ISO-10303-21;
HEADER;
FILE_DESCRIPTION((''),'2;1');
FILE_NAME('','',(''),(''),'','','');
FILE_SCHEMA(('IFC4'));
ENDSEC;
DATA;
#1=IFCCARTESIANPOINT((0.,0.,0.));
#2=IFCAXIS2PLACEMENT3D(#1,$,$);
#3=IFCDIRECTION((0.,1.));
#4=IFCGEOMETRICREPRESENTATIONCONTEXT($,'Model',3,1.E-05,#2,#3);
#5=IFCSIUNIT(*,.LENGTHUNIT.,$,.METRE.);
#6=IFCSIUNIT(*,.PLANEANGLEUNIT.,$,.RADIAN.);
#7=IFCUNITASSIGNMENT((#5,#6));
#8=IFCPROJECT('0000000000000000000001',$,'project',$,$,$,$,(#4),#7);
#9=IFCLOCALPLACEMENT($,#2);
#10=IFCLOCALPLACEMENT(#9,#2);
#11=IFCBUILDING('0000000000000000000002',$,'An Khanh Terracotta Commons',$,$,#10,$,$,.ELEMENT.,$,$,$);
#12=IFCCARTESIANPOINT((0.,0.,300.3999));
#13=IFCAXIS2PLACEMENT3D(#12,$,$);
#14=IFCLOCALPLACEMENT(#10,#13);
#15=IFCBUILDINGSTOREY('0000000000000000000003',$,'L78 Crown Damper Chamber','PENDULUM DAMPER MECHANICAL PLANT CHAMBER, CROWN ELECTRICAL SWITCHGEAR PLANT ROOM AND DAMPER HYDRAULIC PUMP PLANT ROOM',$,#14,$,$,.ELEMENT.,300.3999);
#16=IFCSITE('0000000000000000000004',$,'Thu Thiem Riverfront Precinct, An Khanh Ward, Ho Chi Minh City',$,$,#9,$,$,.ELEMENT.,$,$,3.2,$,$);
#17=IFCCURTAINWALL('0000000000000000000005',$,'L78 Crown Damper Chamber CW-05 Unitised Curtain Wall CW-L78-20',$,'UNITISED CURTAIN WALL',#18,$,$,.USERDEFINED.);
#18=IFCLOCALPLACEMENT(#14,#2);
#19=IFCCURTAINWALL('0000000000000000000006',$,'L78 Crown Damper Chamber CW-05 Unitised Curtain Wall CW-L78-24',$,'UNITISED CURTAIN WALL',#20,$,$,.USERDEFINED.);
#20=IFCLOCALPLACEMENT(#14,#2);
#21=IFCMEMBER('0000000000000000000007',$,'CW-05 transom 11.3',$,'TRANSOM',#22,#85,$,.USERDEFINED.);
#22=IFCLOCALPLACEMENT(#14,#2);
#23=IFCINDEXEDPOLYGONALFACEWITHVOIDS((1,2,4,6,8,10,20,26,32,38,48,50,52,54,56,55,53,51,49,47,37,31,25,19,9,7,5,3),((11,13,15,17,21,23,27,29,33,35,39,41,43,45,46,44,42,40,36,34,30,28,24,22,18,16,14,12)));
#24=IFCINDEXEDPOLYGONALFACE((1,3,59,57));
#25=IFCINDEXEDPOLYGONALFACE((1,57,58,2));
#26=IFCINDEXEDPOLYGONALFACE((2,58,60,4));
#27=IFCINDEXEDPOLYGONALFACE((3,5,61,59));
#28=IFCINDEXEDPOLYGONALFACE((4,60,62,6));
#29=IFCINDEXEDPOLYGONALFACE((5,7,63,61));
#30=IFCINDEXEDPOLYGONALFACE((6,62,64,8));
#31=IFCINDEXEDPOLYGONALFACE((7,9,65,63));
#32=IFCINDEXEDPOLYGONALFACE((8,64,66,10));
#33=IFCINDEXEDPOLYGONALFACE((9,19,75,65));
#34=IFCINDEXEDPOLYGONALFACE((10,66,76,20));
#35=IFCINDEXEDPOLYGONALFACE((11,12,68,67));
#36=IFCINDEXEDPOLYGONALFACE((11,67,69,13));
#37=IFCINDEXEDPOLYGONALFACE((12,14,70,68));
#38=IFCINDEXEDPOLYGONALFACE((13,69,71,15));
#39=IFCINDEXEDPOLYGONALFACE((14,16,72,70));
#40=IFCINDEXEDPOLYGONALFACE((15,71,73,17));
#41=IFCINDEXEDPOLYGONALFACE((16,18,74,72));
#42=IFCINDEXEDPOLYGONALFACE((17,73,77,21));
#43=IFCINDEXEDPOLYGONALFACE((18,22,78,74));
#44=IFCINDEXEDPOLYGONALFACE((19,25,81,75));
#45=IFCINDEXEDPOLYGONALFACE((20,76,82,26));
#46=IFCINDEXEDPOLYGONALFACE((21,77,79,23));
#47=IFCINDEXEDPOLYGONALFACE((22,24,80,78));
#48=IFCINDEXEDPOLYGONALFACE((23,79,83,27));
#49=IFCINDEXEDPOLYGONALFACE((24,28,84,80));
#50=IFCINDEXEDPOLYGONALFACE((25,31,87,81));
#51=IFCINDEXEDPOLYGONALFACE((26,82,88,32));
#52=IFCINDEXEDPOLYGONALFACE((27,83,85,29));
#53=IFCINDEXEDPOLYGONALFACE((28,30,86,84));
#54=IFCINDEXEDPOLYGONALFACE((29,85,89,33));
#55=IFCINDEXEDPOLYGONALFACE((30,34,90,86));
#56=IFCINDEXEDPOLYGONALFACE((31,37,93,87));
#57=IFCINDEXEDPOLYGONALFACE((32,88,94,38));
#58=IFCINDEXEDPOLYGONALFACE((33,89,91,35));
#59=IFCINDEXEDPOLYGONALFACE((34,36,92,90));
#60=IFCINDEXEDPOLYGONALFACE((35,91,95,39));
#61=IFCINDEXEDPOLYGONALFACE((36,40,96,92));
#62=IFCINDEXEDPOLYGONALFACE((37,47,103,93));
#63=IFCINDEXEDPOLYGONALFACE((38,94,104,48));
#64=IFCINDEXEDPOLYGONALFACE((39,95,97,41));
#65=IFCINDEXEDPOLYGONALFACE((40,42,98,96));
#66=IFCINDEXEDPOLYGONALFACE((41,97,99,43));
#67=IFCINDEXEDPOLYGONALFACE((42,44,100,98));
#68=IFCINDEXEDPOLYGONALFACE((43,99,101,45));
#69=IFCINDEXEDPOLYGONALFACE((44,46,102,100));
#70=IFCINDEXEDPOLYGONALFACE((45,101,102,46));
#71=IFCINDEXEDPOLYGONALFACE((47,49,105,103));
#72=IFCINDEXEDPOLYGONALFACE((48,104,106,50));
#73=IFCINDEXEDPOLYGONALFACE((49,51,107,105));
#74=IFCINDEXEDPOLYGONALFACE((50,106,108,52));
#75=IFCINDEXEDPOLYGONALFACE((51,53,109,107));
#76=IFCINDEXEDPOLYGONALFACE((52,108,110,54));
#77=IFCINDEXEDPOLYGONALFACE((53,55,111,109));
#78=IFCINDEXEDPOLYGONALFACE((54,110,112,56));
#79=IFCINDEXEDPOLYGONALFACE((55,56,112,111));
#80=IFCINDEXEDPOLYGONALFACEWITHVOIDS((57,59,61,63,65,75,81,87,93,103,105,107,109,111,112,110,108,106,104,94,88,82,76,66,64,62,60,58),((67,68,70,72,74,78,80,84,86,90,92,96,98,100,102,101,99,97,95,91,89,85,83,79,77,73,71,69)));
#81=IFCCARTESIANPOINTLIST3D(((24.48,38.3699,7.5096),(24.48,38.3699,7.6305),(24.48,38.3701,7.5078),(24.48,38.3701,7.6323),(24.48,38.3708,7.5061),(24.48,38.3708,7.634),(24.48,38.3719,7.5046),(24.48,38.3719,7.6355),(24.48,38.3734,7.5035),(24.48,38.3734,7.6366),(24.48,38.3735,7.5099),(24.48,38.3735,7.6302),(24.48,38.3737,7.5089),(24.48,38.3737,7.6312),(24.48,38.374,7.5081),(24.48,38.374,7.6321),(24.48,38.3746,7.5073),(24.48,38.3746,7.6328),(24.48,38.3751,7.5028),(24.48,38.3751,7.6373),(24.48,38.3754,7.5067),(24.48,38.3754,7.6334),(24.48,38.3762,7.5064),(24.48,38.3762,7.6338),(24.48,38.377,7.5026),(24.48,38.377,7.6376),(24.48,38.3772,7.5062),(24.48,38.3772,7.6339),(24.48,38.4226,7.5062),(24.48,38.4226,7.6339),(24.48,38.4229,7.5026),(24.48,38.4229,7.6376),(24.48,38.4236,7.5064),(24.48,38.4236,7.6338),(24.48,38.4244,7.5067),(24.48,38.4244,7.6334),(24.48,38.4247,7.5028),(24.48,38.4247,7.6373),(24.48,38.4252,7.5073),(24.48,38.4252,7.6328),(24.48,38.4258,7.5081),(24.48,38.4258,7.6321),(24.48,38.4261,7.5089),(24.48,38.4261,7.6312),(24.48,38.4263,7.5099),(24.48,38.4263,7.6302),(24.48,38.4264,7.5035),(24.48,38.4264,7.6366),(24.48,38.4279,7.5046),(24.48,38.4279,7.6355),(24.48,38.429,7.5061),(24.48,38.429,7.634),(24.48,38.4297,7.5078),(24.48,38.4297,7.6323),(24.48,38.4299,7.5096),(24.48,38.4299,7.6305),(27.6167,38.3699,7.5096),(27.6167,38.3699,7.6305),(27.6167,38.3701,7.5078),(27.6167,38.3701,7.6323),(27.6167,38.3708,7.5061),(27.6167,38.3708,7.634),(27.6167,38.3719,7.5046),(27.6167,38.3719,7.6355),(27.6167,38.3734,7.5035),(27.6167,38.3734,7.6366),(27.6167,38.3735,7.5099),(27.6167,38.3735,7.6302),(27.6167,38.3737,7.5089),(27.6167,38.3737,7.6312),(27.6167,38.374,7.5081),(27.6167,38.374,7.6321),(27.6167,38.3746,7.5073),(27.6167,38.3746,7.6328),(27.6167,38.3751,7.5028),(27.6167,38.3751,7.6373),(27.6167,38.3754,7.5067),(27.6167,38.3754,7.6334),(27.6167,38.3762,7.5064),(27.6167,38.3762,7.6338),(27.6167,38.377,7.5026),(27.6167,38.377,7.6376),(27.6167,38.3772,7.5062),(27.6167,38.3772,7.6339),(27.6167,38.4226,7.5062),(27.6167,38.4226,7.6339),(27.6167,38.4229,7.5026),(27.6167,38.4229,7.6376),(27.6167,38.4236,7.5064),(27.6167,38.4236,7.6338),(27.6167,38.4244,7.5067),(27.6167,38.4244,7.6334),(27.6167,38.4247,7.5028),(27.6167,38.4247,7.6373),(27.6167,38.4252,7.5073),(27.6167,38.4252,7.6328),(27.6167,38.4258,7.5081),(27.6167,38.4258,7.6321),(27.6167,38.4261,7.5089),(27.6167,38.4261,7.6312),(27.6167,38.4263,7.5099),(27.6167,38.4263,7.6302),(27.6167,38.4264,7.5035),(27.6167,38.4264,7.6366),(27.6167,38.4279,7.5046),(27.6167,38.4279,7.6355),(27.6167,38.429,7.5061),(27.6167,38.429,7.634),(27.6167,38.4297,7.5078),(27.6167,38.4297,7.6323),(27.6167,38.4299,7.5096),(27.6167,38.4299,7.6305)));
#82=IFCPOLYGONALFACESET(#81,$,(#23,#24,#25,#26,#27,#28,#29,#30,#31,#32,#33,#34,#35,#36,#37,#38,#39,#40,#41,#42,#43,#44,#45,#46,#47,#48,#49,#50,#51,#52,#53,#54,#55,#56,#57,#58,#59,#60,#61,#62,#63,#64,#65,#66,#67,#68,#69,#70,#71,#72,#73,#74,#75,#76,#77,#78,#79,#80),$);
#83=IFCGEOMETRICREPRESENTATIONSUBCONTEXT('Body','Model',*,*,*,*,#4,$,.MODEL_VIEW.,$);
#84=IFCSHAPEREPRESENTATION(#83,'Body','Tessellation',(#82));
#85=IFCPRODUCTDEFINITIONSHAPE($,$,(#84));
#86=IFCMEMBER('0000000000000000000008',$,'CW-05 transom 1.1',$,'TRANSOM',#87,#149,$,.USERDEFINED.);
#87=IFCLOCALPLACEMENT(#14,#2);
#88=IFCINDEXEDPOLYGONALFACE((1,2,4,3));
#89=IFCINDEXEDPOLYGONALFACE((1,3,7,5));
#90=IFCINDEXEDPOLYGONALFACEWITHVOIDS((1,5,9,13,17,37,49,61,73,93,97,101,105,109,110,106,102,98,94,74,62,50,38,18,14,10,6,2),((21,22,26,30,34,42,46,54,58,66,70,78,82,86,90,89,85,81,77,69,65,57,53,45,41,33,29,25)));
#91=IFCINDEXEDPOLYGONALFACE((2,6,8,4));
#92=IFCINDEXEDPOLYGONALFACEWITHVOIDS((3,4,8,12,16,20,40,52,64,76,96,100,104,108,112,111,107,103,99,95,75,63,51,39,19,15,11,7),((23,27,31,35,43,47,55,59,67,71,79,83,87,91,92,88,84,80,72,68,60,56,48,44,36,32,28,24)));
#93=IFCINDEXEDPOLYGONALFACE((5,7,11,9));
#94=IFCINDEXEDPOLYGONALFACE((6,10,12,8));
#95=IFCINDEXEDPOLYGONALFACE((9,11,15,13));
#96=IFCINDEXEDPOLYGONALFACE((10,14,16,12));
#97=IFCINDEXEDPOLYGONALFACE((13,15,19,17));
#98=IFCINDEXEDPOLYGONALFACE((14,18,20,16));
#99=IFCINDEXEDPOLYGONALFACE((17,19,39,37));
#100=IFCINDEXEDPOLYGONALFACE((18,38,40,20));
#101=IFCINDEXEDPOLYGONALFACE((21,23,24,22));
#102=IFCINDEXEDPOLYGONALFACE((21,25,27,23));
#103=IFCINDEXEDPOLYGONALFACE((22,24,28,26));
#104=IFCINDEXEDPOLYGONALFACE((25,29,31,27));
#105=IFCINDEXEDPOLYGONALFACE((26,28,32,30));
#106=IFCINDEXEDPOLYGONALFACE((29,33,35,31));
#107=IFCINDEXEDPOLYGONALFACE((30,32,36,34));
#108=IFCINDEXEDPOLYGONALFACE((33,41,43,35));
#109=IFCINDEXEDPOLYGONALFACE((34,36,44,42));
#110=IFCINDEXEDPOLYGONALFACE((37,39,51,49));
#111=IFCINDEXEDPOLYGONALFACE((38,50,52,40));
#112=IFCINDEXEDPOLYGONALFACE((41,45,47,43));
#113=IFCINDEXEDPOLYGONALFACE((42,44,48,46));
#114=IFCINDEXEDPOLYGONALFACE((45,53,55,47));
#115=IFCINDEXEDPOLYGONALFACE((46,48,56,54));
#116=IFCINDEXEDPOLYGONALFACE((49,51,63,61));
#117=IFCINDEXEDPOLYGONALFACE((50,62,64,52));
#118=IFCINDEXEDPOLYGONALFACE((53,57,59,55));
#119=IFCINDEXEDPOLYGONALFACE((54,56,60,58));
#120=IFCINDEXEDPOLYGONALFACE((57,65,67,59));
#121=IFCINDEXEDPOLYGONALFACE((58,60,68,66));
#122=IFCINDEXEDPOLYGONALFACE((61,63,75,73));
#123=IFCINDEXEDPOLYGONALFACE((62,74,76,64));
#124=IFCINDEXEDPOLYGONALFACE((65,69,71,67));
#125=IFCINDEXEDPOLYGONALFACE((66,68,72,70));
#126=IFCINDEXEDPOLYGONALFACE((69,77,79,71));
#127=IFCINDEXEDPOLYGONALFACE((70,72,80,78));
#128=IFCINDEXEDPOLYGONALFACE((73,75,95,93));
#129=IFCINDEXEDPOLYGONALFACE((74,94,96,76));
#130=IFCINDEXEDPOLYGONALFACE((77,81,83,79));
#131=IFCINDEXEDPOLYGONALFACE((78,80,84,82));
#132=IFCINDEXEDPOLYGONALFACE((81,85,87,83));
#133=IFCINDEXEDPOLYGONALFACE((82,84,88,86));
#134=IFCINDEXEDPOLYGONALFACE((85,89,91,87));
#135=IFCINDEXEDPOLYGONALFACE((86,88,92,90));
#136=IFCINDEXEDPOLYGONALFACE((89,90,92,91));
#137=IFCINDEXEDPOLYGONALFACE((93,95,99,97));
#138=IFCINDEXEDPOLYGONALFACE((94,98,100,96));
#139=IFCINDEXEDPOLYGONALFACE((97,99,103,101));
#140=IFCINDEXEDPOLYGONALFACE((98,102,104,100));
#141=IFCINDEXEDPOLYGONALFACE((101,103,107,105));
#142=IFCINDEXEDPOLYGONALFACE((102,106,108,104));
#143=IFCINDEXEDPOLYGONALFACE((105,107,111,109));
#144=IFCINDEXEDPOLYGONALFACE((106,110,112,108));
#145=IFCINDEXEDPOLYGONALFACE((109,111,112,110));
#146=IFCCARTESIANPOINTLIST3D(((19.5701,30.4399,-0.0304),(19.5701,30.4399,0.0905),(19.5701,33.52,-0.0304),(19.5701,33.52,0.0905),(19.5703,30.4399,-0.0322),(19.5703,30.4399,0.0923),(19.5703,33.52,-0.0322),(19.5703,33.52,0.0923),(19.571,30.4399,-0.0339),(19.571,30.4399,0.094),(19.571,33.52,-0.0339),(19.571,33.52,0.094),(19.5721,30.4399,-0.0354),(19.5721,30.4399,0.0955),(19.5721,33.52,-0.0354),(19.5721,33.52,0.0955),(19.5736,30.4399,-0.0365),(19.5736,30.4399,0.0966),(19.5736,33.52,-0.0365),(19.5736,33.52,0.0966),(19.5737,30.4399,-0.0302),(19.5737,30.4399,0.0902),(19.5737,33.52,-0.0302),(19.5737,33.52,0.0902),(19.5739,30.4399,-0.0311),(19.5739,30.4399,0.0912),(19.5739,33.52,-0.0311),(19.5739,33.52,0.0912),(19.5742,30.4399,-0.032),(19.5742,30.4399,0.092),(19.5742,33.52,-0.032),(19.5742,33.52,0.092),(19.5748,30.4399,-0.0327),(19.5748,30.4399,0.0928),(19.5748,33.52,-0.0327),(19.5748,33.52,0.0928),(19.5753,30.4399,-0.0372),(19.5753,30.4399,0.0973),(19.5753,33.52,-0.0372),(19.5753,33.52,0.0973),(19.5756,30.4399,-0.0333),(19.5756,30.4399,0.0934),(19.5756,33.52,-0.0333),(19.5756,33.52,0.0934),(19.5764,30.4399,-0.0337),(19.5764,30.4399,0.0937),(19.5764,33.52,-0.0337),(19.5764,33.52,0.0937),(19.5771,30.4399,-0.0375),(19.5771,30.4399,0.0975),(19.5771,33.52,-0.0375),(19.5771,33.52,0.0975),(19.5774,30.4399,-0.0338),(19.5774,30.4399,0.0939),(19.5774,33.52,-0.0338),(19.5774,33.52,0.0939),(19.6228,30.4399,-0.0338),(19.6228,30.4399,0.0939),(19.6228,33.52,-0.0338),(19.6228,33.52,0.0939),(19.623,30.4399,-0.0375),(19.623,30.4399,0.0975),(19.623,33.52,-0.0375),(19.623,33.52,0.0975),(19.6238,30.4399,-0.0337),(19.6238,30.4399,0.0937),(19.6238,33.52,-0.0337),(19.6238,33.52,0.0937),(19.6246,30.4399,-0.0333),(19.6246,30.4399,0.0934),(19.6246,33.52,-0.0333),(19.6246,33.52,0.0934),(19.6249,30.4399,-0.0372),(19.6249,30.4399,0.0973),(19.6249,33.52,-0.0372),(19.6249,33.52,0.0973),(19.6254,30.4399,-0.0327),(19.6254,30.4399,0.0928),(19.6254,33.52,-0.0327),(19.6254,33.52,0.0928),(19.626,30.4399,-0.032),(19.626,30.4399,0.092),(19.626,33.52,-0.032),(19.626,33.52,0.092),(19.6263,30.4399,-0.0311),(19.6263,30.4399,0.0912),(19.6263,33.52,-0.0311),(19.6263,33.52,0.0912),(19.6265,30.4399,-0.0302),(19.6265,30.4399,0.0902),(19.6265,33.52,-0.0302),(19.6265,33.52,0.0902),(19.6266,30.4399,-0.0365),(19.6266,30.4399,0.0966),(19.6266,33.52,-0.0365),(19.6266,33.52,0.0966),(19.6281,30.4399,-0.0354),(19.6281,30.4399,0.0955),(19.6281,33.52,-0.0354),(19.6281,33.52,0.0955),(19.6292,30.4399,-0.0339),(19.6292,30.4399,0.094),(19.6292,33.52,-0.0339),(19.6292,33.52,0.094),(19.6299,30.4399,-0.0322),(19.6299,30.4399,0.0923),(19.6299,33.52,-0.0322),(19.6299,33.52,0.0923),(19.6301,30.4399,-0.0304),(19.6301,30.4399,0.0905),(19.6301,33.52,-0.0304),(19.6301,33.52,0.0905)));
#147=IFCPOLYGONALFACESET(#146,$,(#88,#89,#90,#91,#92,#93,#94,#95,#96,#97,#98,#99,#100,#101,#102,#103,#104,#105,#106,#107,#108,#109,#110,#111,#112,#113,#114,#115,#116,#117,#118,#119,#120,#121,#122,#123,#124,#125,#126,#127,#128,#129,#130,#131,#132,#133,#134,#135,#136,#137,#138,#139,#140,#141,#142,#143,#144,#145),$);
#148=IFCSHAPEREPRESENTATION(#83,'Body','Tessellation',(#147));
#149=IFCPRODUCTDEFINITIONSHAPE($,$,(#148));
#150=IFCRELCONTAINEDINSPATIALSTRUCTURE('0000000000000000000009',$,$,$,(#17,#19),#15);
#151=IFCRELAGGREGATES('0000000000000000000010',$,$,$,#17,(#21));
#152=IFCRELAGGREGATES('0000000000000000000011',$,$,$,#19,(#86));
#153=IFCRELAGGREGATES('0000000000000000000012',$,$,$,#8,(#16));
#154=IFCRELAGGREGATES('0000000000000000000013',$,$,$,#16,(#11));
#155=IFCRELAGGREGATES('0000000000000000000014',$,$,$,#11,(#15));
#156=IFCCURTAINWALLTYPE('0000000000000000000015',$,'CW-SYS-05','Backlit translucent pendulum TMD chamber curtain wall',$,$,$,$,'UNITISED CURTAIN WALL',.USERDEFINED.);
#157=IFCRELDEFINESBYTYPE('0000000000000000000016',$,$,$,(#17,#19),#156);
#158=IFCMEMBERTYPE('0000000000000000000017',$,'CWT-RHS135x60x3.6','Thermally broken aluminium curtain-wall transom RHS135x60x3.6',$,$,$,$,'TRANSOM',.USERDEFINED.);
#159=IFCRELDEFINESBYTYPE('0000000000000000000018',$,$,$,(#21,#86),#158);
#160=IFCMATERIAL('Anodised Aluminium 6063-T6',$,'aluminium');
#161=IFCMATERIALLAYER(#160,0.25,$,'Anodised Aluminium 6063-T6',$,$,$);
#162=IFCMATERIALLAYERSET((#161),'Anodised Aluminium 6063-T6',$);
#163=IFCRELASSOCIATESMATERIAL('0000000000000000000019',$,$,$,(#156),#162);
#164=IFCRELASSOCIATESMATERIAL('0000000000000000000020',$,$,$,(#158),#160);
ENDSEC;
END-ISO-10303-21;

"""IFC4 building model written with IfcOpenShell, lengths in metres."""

from ifc_helpers import new_model, si_unit, direction, frame, origin, origin_2d, place, context, subcontext, project, spatial, hollow_rectangle, extrude, material, layer, layer_set, material_profile, profile_set, type_object, element, aggregate, save


model = new_model("IFC4")

# Units and contexts
model_context = context("Model", 3, precision=1e-05, world=origin(), true_north=direction((0.0, 1.0)))
body_context = subcontext(model_context, "Body", "Model", "MODEL_VIEW")
ifc_project = project(units=[si_unit("LENGTHUNIT", "METRE"), si_unit("PLANEANGLEUNIT", "RADIAN")], contexts=[model_context])

# Site, building, storey
site_placement = place(None, origin())
site = spatial("IfcSite", under=ifc_project, at=site_placement, Name="Thu Thiem Riverfront Precinct, An Khanh Ward, Ho Chi Minh City", CompositionType="ELEMENT", RefElevation=3.2)
building_placement = place(site_placement, origin())
building = spatial("IfcBuilding", under=site, at=building_placement, Name="An Khanh Terracotta Commons", CompositionType="ELEMENT")
storey_placement = place(building_placement, frame((0.0, 0.0, 300.3999)))
storey = spatial("IfcBuildingStorey", under=building, at=storey_placement, Name="L78 Crown Damper Chamber", Description="PENDULUM DAMPER MECHANICAL PLANT CHAMBER, CROWN ELECTRICAL SWITCHGEAR PLANT ROOM AND DAMPER HYDRAULIC PUMP PLANT ROOM", CompositionType="ELEMENT", Elevation=300.3999)

# Curtain wall
ifc_material_1 = material(Name="Anodised Aluminium 6063-T6", Category="aluminium")
ifc_layer_1 = layer(ifc_material_1, 0.25, Name="Anodised Aluminium 6063-T6")
ifc_layer_set_1 = layer_set([ifc_layer_1], Name="Anodised Aluminium 6063-T6")
curtain_wall_type = type_object("IfcCurtainWallType", Name="CW-SYS-05", Description="Backlit translucent pendulum TMD chamber curtain wall", ElementType="UNITISED CURTAIN WALL", PredefinedType="USERDEFINED", material=ifc_layer_set_1)
curtain_wall_1_placement = place(storey_placement, origin())
curtain_wall_1 = element("IfcCurtainWall", 1, at=curtain_wall_1_placement, inside=storey, type_object=curtain_wall_type, Name="L78 Crown Damper Chamber CW-05 Unitised Curtain Wall CW-L78-20", ObjectType="UNITISED CURTAIN WALL", PredefinedType="USERDEFINED")

# Curtain wall
curtain_wall_2_placement = place(storey_placement, origin())
curtain_wall_2 = element("IfcCurtainWall", 2, at=curtain_wall_2_placement, inside=storey, type_object=curtain_wall_type, Name="L78 Crown Damper Chamber CW-05 Unitised Curtain Wall CW-L78-24", ObjectType="UNITISED CURTAIN WALL", PredefinedType="USERDEFINED")

# Members
ifc_material_profile_1 = material_profile(ifc_material_1, hollow_rectangle(XDim=0.0601, YDim=0.135, WallThickness=0.0037, InnerFilletRadius=0.0037, OuterFilletRadius=0.0071, at=origin_2d()), Name="RHS135x60x3.6")
ifc_profile_set_1 = profile_set([ifc_material_profile_1], Name="Anodised Aluminium 6063-T6")
member_type_1 = type_object("IfcMemberType", Name="CWT-RHS135x60x3.6", Description="Thermally broken aluminium curtain-wall transom RHS135x60x3.6", ElementType="TRANSOM", PredefinedType="USERDEFINED", material=ifc_profile_set_1)
member_1_placement = place(storey_placement, frame((27.6167, 38.3999, 7.5701), z_axis=(-1.0, 0.0, 0.0), x_axis=(0.0, -1.0, 0.0)))
member_1 = element("IfcMember", 3, at=member_1_placement, type_object=member_type_1, Name="CW-05 transom 11.3", ObjectType="TRANSOM", PredefinedType="USERDEFINED", context=body_context, shape_type="SweptSolid", body=[
    extrude(hollow_rectangle(XDim=0.0601, YDim=0.135, WallThickness=0.0037, InnerFilletRadius=0.0037, OuterFilletRadius=0.0071, at=origin_2d()), origin(), (0.0, 0.0, 1.0), 3.1367),
])
member_2_placement = place(storey_placement, frame((19.6001, 33.52, 0.03), z_axis=(0.0, -1.0, 0.0), x_axis=(1.0, 0.0, 0.0)))
member_2 = element("IfcMember", 4, at=member_2_placement, type_object=member_type_1, Name="CW-05 transom 1.1", ObjectType="TRANSOM", PredefinedType="USERDEFINED", context=body_context, shape_type="SweptSolid", body=[
    extrude(hollow_rectangle(XDim=0.0601, YDim=0.135, WallThickness=0.0037, InnerFilletRadius=0.0037, OuterFilletRadius=0.0071, at=origin_2d()), origin(), (0.0, 0.0, 1.0), 3.0801),
])

aggregate(curtain_wall_1, [member_1])
aggregate(curtain_wall_2, [member_2])

save(model, "model.ifc")
